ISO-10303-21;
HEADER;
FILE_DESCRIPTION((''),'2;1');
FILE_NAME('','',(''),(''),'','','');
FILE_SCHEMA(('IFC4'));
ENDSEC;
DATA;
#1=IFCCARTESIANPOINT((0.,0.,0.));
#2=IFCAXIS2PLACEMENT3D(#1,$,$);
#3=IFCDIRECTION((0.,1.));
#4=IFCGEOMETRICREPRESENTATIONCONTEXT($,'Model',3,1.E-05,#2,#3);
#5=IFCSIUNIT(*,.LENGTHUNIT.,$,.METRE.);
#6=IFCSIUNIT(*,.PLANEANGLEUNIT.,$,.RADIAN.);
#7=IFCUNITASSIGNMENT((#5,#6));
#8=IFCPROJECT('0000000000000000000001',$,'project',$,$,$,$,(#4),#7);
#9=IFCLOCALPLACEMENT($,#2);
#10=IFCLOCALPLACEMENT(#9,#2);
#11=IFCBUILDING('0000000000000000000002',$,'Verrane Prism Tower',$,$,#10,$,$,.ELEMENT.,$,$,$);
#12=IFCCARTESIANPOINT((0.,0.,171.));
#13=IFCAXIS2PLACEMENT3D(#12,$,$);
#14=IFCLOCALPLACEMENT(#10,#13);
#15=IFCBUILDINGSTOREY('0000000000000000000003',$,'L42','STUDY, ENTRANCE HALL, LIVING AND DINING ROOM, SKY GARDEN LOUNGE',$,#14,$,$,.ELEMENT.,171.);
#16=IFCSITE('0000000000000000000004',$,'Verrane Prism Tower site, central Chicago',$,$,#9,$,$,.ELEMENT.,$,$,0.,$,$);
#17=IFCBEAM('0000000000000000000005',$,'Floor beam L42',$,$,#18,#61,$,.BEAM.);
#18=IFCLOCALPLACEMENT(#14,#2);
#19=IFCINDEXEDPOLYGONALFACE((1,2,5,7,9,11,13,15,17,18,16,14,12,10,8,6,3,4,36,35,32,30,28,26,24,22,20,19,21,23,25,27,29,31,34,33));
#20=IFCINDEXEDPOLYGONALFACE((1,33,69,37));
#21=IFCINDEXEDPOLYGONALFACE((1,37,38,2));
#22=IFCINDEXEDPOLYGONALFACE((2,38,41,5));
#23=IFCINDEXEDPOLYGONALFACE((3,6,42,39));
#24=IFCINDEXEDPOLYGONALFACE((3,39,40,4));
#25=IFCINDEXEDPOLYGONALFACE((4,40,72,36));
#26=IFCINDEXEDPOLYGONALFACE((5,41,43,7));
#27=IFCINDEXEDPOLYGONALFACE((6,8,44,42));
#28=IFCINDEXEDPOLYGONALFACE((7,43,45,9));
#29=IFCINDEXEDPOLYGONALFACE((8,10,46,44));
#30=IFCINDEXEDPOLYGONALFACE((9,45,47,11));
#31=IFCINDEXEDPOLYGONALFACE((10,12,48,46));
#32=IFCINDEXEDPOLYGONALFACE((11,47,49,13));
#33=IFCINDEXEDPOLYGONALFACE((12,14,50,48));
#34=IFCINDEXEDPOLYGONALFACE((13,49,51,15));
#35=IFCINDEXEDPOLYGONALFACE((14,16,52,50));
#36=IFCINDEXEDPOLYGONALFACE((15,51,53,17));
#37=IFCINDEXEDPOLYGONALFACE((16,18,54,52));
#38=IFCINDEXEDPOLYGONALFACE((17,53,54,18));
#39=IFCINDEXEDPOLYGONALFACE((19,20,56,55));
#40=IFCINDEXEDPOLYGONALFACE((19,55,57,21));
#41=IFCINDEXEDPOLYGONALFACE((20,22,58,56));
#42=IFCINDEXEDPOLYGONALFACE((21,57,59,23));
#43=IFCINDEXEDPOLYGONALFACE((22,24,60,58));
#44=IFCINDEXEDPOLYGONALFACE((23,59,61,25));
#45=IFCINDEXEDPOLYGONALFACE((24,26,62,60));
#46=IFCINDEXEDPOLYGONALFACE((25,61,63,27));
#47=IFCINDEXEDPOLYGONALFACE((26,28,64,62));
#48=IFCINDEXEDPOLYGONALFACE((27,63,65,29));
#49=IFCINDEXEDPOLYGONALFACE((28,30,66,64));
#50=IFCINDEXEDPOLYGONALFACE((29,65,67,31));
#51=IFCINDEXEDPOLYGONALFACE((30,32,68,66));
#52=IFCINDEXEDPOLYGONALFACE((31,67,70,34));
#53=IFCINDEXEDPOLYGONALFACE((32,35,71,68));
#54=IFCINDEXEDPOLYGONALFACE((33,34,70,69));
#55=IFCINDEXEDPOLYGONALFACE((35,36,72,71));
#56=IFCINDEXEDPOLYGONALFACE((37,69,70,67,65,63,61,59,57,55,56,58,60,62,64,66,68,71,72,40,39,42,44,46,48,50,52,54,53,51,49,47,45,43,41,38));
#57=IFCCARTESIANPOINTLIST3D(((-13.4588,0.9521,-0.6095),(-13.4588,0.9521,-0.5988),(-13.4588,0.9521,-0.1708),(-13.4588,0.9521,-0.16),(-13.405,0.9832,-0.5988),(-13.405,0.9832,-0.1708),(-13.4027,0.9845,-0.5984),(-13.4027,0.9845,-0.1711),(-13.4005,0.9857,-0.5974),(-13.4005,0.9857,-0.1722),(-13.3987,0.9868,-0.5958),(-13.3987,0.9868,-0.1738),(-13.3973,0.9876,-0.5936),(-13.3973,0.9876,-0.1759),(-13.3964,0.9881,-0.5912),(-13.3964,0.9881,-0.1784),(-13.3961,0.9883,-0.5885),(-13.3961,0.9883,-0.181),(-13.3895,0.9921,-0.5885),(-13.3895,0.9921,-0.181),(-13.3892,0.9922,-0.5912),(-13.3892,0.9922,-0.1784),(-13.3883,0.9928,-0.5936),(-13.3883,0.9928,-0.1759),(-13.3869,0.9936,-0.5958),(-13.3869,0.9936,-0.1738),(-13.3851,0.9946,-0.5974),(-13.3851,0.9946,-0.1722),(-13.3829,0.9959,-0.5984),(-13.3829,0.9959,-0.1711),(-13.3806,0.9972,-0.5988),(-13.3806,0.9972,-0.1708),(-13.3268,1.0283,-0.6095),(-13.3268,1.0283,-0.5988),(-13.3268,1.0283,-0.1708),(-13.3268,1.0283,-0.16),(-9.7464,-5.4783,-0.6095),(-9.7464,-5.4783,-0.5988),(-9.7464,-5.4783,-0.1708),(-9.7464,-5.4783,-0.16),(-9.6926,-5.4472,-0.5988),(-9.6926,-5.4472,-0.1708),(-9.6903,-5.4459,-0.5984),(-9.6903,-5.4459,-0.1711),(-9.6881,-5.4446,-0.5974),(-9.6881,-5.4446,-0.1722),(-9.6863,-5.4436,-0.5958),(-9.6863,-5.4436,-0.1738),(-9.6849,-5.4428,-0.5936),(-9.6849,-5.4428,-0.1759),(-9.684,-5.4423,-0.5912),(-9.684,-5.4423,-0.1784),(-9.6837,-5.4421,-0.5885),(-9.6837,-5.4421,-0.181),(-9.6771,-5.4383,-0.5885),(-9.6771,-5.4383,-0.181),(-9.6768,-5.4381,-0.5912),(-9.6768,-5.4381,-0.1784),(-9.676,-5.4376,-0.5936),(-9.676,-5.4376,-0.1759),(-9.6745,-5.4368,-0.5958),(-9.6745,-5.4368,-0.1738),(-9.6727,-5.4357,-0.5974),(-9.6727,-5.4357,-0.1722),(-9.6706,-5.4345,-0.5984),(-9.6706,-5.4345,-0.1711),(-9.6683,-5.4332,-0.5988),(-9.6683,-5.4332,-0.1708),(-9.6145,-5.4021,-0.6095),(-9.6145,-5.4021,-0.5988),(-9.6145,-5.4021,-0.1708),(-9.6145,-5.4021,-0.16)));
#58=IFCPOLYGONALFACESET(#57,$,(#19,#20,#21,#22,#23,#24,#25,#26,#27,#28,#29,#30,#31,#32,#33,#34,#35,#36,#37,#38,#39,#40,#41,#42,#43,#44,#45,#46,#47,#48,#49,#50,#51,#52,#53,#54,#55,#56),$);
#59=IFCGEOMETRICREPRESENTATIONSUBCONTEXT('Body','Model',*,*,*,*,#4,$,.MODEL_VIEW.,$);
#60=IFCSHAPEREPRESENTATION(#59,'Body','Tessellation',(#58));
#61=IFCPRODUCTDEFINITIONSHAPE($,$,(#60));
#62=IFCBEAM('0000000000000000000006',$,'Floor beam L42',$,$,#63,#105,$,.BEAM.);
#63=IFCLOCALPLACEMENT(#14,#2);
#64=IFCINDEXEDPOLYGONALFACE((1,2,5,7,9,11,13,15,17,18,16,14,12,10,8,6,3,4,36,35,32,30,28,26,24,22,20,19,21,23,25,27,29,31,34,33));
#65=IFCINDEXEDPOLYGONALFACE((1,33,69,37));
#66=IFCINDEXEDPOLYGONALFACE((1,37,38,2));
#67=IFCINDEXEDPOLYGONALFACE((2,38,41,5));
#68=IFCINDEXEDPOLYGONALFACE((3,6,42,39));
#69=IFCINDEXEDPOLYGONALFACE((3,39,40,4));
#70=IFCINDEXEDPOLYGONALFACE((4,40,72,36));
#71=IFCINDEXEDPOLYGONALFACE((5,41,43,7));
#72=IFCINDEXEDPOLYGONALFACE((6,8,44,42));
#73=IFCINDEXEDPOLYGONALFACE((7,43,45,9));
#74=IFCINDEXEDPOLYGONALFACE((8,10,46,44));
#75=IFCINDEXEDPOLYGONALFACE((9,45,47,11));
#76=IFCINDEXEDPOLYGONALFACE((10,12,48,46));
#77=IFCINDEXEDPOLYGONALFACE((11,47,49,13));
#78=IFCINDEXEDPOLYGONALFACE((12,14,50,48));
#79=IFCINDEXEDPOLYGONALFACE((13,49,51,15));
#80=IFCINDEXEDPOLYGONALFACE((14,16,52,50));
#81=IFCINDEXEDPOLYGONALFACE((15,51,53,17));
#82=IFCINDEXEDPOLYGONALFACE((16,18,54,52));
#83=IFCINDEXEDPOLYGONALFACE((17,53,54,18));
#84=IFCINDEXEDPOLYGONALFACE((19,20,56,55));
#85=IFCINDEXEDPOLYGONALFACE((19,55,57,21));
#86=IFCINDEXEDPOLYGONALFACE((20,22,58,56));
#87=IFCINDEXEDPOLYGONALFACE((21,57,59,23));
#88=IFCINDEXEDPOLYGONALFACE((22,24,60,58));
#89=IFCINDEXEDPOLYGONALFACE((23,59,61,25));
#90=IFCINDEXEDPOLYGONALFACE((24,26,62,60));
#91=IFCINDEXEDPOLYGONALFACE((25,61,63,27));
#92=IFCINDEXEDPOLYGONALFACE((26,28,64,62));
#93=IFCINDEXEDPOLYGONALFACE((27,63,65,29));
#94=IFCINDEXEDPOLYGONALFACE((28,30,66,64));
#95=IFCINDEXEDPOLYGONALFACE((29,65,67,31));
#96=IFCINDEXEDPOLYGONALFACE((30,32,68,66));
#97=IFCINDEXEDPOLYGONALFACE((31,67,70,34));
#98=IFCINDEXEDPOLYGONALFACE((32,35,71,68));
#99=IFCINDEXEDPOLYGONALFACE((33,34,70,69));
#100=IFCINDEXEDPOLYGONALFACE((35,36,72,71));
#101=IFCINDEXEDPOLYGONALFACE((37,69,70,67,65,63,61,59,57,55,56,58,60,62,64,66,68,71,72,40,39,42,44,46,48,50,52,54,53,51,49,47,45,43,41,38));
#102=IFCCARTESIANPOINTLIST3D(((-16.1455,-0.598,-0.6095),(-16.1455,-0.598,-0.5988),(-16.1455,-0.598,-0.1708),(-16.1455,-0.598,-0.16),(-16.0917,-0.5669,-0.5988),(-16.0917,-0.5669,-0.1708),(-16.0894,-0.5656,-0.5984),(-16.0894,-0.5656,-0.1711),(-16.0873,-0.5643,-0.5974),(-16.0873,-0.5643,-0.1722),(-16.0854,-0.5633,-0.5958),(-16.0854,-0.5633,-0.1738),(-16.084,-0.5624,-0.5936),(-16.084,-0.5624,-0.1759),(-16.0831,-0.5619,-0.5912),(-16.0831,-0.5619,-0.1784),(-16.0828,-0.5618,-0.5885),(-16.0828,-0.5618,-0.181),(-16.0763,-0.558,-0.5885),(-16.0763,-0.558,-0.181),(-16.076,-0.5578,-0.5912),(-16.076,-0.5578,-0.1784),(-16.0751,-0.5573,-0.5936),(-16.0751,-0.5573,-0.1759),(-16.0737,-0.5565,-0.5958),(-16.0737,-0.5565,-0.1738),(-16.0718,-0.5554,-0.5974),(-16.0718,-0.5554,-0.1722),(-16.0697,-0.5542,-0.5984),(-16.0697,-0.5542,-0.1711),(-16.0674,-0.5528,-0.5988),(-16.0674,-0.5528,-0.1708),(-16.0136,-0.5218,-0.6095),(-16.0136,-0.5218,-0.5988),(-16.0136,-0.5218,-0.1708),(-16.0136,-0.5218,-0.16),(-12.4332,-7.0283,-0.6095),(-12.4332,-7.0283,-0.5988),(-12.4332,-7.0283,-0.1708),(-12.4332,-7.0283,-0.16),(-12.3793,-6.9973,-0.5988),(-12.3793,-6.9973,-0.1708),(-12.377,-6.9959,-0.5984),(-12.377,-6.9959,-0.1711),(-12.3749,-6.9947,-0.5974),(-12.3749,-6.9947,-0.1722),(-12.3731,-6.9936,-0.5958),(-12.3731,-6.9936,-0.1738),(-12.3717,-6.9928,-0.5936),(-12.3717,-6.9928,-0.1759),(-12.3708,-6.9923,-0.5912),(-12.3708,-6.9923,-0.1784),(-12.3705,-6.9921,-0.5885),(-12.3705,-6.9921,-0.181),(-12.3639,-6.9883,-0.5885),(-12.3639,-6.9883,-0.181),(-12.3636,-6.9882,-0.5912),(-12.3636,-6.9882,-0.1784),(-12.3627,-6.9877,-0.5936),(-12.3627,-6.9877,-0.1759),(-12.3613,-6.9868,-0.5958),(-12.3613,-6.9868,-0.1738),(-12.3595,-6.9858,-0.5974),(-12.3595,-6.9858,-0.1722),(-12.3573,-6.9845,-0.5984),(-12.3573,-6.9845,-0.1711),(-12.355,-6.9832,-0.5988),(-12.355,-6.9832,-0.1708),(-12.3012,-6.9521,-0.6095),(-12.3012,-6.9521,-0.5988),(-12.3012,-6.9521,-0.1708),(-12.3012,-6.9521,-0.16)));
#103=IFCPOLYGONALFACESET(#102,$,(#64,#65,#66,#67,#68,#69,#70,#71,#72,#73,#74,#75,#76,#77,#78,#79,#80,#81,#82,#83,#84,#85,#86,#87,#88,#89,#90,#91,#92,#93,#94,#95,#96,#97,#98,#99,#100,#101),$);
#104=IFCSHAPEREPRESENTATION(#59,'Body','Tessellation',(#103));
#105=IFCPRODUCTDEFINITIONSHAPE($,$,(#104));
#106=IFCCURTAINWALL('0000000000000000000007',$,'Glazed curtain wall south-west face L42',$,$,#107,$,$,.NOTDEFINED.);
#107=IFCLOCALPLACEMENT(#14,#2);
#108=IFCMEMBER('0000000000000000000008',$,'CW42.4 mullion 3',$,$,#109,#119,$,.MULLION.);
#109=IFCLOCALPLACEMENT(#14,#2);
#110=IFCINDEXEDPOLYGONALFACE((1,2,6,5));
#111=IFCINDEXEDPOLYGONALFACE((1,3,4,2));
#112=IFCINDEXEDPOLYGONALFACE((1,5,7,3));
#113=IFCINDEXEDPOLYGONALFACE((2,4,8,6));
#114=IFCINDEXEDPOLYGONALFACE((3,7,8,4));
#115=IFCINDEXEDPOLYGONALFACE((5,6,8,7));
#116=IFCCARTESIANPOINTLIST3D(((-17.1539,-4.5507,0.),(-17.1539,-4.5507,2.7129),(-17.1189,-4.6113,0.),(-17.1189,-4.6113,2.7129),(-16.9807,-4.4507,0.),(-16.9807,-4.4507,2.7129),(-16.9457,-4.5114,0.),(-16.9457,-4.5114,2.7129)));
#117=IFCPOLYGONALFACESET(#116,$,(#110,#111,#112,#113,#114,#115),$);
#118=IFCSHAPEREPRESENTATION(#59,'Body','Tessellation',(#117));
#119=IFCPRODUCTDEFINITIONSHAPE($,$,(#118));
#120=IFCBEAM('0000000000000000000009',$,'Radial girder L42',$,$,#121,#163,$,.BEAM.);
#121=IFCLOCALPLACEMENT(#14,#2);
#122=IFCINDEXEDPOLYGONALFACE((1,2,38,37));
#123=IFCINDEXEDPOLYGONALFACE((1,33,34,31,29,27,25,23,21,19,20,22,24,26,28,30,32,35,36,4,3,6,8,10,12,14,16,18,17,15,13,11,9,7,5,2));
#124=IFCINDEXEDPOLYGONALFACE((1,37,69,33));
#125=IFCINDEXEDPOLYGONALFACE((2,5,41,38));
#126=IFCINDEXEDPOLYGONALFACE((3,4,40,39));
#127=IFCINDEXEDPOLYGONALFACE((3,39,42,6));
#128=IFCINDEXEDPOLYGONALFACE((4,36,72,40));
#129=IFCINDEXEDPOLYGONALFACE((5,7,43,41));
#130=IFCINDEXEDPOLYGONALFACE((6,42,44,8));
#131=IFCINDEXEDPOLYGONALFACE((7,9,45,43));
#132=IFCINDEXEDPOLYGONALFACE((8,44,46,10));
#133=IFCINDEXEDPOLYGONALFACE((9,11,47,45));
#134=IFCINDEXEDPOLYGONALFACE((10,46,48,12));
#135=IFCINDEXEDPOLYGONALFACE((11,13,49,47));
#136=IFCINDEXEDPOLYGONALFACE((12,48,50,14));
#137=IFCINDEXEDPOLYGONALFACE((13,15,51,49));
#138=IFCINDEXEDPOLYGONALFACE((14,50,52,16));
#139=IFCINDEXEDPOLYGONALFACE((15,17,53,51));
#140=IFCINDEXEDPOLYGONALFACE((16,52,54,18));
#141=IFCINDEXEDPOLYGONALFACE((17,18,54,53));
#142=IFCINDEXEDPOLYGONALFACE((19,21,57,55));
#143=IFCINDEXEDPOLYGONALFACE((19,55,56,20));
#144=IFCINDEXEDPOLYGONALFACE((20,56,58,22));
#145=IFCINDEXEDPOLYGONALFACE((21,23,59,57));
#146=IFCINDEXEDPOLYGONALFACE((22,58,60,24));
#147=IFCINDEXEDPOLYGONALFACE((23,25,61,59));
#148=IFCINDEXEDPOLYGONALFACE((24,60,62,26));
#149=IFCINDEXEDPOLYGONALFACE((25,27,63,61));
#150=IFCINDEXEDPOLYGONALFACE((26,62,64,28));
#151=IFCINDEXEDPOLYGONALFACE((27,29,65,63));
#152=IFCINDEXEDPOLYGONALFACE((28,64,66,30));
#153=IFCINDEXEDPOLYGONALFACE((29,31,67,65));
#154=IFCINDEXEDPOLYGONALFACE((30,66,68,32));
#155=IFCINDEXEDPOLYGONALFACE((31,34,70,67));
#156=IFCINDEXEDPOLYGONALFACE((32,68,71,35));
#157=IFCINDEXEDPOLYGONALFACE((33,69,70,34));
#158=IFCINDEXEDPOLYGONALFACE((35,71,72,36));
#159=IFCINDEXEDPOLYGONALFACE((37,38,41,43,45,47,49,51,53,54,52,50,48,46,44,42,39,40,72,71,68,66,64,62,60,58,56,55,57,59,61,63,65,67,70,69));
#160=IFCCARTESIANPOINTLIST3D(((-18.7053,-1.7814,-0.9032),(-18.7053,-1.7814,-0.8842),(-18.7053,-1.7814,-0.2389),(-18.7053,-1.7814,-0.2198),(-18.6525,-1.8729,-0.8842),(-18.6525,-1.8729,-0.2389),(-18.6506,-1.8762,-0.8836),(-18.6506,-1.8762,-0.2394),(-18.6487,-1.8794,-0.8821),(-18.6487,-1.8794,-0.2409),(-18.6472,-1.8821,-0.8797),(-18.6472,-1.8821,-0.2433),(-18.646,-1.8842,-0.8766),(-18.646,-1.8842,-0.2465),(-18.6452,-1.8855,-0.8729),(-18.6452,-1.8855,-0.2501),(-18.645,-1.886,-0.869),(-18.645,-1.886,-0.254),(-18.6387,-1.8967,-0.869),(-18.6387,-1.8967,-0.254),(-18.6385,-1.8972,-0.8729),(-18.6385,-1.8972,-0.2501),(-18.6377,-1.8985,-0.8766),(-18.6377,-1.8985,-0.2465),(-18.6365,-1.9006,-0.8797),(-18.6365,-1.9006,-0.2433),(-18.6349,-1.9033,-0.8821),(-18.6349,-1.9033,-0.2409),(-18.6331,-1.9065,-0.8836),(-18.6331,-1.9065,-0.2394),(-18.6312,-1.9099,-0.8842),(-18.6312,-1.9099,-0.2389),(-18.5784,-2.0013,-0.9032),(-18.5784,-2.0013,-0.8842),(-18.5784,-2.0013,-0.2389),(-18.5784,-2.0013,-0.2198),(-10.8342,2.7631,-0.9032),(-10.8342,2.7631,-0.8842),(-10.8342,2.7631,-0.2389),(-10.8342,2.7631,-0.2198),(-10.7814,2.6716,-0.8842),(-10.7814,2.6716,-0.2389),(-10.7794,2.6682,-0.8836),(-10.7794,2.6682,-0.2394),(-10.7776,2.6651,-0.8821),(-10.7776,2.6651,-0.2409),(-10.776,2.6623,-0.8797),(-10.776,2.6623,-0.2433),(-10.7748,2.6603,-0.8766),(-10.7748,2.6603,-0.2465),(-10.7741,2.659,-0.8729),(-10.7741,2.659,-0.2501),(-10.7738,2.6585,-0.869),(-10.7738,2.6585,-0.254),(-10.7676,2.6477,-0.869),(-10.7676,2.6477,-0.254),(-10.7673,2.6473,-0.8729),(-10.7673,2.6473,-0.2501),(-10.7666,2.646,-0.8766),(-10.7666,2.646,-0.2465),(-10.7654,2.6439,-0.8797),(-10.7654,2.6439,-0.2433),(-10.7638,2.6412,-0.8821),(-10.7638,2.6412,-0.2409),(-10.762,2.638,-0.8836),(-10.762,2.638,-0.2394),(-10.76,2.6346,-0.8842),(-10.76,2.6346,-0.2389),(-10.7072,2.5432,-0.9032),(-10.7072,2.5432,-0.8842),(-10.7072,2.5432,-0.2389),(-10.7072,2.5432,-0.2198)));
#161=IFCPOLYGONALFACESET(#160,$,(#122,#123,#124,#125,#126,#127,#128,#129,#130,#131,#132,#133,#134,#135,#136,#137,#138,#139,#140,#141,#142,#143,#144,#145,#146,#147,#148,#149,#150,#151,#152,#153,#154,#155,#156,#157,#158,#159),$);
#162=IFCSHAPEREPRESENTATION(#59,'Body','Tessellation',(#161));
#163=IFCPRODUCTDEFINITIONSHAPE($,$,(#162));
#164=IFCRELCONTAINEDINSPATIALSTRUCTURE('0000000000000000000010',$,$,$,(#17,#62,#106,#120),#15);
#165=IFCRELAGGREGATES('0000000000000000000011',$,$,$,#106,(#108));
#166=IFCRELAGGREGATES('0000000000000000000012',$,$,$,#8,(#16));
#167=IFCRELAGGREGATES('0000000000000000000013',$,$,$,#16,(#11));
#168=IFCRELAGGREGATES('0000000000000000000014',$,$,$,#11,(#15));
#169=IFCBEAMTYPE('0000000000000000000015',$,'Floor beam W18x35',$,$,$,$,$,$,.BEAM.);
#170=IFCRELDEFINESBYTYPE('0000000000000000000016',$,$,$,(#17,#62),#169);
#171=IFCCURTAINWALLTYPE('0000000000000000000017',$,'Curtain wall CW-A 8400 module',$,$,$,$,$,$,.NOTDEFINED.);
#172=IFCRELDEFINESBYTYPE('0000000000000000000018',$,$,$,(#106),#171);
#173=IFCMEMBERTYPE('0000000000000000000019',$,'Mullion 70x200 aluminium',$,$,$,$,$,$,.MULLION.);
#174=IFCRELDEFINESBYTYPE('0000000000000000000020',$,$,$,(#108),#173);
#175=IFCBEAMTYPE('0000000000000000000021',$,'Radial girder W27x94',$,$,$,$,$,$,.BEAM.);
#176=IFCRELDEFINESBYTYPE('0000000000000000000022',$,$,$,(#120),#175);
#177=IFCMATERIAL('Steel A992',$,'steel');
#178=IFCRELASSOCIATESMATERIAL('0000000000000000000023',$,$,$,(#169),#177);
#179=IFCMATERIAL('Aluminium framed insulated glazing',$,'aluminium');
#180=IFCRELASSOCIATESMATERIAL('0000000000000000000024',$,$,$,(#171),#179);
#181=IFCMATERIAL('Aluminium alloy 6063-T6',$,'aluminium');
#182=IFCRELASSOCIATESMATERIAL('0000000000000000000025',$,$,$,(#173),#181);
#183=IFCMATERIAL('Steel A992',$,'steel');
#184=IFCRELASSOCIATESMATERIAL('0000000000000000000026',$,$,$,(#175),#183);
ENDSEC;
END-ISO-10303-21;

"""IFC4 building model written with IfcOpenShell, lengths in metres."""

from ifc_helpers import new_model, si_unit, direction, frame, origin, origin_2d, place, context, subcontext, project, spatial, rectangle, i_section, extrude, material, material_profile, profile_set, type_object, element, aggregate, save


model = new_model("IFC4")

# Units and contexts
model_context = context("Model", 3, precision=1e-05, world=origin(), true_north=direction((0.0, 1.0)))
body_context = subcontext(model_context, "Body", "Model", "MODEL_VIEW")
ifc_project = project(units=[si_unit("LENGTHUNIT", "METRE"), si_unit("PLANEANGLEUNIT", "RADIAN")], contexts=[model_context])

# Site, building, storey
site_placement = place(None, origin())
site = spatial("IfcSite", under=ifc_project, at=site_placement, Name="Verrane Prism Tower site, central Chicago", CompositionType="ELEMENT", RefElevation=0.0)
building_placement = place(site_placement, origin())
building = spatial("IfcBuilding", under=site, at=building_placement, Name="Verrane Prism Tower", CompositionType="ELEMENT")
storey_placement = place(building_placement, frame((0.0, 0.0, 171.0)))
storey = spatial("IfcBuildingStorey", under=building, at=storey_placement, Name="L42", Description="STUDY, ENTRANCE HALL, LIVING AND DINING ROOM, SKY GARDEN LOUNGE", CompositionType="ELEMENT", Elevation=171.0)

# Beams
ifc_material_1 = material(Name="Steel A992", Category="steel")
ifc_material_profile_1 = material_profile(ifc_material_1, i_section(OverallWidth=0.1523, OverallDepth=0.4495, WebThickness=0.0076, FlangeThickness=0.0107, FilletRadius=0.0103, at=origin_2d()), Name="W18x35")
ifc_profile_set_1 = profile_set([ifc_material_profile_1], Name="Steel A992")
beam_type_1 = type_object("IfcBeamType", Name="Floor beam W18x35", PredefinedType="BEAM", material=ifc_profile_set_1)
for number, where, z_axis, x_axis, name in (
    (1, (-9.6804, -5.4402, -0.3848), (-0.49998, 0.866037, 0.0), (-0.866037, -0.49998, 0.0), "Floor beam L42"),
    (2, (-12.3672, -6.9902, -0.3848), (-0.49998, 0.866037, 0.0), (-0.866037, -0.49998, 0.0), "Floor beam L42"),
):
    element("IfcBeam", number, at=place(storey_placement, frame(where, z_axis=z_axis, x_axis=x_axis)), inside=storey, type_object=beam_type_1, Name=name, PredefinedType="BEAM", context=body_context, shape_type="SweptSolid", body=[
        extrude(i_section(OverallWidth=0.1523, OverallDepth=0.4495, WebThickness=0.0076, FlangeThickness=0.0107, FilletRadius=0.0103, at=origin_2d()), origin(), (0.0, 0.0, 1.0), 7.425),
    ])

# Curtain wall, member
ifc_material_2 = material(Name="Aluminium framed insulated glazing", Category="aluminium")
curtain_wall_type = type_object("IfcCurtainWallType", Name="Curtain wall CW-A 8400 module", PredefinedType="NOTDEFINED", material=ifc_material_2)
curtain_wall_placement = place(storey_placement, origin())
curtain_wall = element("IfcCurtainWall", 3, at=curtain_wall_placement, inside=storey, type_object=curtain_wall_type, Name="Glazed curtain wall south-west face L42", PredefinedType="NOTDEFINED")
ifc_material_3 = material(Name="Aluminium alloy 6063-T6", Category="aluminium")
ifc_material_profile_2 = material_profile(ifc_material_3, rectangle(XDim=0.2, YDim=0.0701, at=origin_2d()), Name="Mullion 70x200 aluminium")
ifc_profile_set_2 = profile_set([ifc_material_profile_2], Name="Aluminium alloy 6063-T6")
member_type_1 = type_object("IfcMemberType", Name="Mullion 70x200 aluminium", PredefinedType="MULLION", material=ifc_profile_set_2)
member_1_placement = place(storey_placement, frame((-17.0498, -4.531, 0.0), z_axis=(0.0, 0.0, 1.0), x_axis=(0.866026, 0.499999, 0.0)))
member_1 = element("IfcMember", 4, at=member_1_placement, type_object=member_type_1, Name="CW42.4 mullion 3", PredefinedType="MULLION", context=body_context, shape_type="SweptSolid", body=[
    extrude(rectangle(XDim=0.2, YDim=0.0701, at=origin_2d()), origin(), (0.0, 0.0, 1.0), 2.7129),
])

# Beam
ifc_material_4 = material(Name="Steel A992", Category="steel")
ifc_material_profile_3 = material_profile(ifc_material_4, i_section(OverallWidth=0.2539, OverallDepth=0.6833, WebThickness=0.0125, FlangeThickness=0.019, FilletRadius=0.0151, at=origin_2d()), Name="W27x94")
ifc_profile_set_3 = profile_set([ifc_material_profile_3], Name="Steel A992")
beam_type_2 = type_object("IfcBeamType", Name="Radial girder W27x94", PredefinedType="BEAM", material=ifc_profile_set_3)
beam_1_placement = place(storey_placement, frame((-18.6418, -1.8914, -0.5615), z_axis=(0.866023, 0.500005, 0.0), x_axis=(-0.500005, 0.866023, 0.0)))
element("IfcBeam", 5, at=beam_1_placement, inside=storey, type_object=beam_type_2, Name="Radial girder L42", PredefinedType="BEAM", context=body_context, shape_type="SweptSolid", body=[
    extrude(i_section(OverallWidth=0.2539, OverallDepth=0.6833, WebThickness=0.0125, FlangeThickness=0.019, FilletRadius=0.0151, at=origin_2d()), origin(), (0.0, 0.0, 1.0), 9.0889),
])

aggregate(curtain_wall, [member_1])

save(model, "model.ifc")
